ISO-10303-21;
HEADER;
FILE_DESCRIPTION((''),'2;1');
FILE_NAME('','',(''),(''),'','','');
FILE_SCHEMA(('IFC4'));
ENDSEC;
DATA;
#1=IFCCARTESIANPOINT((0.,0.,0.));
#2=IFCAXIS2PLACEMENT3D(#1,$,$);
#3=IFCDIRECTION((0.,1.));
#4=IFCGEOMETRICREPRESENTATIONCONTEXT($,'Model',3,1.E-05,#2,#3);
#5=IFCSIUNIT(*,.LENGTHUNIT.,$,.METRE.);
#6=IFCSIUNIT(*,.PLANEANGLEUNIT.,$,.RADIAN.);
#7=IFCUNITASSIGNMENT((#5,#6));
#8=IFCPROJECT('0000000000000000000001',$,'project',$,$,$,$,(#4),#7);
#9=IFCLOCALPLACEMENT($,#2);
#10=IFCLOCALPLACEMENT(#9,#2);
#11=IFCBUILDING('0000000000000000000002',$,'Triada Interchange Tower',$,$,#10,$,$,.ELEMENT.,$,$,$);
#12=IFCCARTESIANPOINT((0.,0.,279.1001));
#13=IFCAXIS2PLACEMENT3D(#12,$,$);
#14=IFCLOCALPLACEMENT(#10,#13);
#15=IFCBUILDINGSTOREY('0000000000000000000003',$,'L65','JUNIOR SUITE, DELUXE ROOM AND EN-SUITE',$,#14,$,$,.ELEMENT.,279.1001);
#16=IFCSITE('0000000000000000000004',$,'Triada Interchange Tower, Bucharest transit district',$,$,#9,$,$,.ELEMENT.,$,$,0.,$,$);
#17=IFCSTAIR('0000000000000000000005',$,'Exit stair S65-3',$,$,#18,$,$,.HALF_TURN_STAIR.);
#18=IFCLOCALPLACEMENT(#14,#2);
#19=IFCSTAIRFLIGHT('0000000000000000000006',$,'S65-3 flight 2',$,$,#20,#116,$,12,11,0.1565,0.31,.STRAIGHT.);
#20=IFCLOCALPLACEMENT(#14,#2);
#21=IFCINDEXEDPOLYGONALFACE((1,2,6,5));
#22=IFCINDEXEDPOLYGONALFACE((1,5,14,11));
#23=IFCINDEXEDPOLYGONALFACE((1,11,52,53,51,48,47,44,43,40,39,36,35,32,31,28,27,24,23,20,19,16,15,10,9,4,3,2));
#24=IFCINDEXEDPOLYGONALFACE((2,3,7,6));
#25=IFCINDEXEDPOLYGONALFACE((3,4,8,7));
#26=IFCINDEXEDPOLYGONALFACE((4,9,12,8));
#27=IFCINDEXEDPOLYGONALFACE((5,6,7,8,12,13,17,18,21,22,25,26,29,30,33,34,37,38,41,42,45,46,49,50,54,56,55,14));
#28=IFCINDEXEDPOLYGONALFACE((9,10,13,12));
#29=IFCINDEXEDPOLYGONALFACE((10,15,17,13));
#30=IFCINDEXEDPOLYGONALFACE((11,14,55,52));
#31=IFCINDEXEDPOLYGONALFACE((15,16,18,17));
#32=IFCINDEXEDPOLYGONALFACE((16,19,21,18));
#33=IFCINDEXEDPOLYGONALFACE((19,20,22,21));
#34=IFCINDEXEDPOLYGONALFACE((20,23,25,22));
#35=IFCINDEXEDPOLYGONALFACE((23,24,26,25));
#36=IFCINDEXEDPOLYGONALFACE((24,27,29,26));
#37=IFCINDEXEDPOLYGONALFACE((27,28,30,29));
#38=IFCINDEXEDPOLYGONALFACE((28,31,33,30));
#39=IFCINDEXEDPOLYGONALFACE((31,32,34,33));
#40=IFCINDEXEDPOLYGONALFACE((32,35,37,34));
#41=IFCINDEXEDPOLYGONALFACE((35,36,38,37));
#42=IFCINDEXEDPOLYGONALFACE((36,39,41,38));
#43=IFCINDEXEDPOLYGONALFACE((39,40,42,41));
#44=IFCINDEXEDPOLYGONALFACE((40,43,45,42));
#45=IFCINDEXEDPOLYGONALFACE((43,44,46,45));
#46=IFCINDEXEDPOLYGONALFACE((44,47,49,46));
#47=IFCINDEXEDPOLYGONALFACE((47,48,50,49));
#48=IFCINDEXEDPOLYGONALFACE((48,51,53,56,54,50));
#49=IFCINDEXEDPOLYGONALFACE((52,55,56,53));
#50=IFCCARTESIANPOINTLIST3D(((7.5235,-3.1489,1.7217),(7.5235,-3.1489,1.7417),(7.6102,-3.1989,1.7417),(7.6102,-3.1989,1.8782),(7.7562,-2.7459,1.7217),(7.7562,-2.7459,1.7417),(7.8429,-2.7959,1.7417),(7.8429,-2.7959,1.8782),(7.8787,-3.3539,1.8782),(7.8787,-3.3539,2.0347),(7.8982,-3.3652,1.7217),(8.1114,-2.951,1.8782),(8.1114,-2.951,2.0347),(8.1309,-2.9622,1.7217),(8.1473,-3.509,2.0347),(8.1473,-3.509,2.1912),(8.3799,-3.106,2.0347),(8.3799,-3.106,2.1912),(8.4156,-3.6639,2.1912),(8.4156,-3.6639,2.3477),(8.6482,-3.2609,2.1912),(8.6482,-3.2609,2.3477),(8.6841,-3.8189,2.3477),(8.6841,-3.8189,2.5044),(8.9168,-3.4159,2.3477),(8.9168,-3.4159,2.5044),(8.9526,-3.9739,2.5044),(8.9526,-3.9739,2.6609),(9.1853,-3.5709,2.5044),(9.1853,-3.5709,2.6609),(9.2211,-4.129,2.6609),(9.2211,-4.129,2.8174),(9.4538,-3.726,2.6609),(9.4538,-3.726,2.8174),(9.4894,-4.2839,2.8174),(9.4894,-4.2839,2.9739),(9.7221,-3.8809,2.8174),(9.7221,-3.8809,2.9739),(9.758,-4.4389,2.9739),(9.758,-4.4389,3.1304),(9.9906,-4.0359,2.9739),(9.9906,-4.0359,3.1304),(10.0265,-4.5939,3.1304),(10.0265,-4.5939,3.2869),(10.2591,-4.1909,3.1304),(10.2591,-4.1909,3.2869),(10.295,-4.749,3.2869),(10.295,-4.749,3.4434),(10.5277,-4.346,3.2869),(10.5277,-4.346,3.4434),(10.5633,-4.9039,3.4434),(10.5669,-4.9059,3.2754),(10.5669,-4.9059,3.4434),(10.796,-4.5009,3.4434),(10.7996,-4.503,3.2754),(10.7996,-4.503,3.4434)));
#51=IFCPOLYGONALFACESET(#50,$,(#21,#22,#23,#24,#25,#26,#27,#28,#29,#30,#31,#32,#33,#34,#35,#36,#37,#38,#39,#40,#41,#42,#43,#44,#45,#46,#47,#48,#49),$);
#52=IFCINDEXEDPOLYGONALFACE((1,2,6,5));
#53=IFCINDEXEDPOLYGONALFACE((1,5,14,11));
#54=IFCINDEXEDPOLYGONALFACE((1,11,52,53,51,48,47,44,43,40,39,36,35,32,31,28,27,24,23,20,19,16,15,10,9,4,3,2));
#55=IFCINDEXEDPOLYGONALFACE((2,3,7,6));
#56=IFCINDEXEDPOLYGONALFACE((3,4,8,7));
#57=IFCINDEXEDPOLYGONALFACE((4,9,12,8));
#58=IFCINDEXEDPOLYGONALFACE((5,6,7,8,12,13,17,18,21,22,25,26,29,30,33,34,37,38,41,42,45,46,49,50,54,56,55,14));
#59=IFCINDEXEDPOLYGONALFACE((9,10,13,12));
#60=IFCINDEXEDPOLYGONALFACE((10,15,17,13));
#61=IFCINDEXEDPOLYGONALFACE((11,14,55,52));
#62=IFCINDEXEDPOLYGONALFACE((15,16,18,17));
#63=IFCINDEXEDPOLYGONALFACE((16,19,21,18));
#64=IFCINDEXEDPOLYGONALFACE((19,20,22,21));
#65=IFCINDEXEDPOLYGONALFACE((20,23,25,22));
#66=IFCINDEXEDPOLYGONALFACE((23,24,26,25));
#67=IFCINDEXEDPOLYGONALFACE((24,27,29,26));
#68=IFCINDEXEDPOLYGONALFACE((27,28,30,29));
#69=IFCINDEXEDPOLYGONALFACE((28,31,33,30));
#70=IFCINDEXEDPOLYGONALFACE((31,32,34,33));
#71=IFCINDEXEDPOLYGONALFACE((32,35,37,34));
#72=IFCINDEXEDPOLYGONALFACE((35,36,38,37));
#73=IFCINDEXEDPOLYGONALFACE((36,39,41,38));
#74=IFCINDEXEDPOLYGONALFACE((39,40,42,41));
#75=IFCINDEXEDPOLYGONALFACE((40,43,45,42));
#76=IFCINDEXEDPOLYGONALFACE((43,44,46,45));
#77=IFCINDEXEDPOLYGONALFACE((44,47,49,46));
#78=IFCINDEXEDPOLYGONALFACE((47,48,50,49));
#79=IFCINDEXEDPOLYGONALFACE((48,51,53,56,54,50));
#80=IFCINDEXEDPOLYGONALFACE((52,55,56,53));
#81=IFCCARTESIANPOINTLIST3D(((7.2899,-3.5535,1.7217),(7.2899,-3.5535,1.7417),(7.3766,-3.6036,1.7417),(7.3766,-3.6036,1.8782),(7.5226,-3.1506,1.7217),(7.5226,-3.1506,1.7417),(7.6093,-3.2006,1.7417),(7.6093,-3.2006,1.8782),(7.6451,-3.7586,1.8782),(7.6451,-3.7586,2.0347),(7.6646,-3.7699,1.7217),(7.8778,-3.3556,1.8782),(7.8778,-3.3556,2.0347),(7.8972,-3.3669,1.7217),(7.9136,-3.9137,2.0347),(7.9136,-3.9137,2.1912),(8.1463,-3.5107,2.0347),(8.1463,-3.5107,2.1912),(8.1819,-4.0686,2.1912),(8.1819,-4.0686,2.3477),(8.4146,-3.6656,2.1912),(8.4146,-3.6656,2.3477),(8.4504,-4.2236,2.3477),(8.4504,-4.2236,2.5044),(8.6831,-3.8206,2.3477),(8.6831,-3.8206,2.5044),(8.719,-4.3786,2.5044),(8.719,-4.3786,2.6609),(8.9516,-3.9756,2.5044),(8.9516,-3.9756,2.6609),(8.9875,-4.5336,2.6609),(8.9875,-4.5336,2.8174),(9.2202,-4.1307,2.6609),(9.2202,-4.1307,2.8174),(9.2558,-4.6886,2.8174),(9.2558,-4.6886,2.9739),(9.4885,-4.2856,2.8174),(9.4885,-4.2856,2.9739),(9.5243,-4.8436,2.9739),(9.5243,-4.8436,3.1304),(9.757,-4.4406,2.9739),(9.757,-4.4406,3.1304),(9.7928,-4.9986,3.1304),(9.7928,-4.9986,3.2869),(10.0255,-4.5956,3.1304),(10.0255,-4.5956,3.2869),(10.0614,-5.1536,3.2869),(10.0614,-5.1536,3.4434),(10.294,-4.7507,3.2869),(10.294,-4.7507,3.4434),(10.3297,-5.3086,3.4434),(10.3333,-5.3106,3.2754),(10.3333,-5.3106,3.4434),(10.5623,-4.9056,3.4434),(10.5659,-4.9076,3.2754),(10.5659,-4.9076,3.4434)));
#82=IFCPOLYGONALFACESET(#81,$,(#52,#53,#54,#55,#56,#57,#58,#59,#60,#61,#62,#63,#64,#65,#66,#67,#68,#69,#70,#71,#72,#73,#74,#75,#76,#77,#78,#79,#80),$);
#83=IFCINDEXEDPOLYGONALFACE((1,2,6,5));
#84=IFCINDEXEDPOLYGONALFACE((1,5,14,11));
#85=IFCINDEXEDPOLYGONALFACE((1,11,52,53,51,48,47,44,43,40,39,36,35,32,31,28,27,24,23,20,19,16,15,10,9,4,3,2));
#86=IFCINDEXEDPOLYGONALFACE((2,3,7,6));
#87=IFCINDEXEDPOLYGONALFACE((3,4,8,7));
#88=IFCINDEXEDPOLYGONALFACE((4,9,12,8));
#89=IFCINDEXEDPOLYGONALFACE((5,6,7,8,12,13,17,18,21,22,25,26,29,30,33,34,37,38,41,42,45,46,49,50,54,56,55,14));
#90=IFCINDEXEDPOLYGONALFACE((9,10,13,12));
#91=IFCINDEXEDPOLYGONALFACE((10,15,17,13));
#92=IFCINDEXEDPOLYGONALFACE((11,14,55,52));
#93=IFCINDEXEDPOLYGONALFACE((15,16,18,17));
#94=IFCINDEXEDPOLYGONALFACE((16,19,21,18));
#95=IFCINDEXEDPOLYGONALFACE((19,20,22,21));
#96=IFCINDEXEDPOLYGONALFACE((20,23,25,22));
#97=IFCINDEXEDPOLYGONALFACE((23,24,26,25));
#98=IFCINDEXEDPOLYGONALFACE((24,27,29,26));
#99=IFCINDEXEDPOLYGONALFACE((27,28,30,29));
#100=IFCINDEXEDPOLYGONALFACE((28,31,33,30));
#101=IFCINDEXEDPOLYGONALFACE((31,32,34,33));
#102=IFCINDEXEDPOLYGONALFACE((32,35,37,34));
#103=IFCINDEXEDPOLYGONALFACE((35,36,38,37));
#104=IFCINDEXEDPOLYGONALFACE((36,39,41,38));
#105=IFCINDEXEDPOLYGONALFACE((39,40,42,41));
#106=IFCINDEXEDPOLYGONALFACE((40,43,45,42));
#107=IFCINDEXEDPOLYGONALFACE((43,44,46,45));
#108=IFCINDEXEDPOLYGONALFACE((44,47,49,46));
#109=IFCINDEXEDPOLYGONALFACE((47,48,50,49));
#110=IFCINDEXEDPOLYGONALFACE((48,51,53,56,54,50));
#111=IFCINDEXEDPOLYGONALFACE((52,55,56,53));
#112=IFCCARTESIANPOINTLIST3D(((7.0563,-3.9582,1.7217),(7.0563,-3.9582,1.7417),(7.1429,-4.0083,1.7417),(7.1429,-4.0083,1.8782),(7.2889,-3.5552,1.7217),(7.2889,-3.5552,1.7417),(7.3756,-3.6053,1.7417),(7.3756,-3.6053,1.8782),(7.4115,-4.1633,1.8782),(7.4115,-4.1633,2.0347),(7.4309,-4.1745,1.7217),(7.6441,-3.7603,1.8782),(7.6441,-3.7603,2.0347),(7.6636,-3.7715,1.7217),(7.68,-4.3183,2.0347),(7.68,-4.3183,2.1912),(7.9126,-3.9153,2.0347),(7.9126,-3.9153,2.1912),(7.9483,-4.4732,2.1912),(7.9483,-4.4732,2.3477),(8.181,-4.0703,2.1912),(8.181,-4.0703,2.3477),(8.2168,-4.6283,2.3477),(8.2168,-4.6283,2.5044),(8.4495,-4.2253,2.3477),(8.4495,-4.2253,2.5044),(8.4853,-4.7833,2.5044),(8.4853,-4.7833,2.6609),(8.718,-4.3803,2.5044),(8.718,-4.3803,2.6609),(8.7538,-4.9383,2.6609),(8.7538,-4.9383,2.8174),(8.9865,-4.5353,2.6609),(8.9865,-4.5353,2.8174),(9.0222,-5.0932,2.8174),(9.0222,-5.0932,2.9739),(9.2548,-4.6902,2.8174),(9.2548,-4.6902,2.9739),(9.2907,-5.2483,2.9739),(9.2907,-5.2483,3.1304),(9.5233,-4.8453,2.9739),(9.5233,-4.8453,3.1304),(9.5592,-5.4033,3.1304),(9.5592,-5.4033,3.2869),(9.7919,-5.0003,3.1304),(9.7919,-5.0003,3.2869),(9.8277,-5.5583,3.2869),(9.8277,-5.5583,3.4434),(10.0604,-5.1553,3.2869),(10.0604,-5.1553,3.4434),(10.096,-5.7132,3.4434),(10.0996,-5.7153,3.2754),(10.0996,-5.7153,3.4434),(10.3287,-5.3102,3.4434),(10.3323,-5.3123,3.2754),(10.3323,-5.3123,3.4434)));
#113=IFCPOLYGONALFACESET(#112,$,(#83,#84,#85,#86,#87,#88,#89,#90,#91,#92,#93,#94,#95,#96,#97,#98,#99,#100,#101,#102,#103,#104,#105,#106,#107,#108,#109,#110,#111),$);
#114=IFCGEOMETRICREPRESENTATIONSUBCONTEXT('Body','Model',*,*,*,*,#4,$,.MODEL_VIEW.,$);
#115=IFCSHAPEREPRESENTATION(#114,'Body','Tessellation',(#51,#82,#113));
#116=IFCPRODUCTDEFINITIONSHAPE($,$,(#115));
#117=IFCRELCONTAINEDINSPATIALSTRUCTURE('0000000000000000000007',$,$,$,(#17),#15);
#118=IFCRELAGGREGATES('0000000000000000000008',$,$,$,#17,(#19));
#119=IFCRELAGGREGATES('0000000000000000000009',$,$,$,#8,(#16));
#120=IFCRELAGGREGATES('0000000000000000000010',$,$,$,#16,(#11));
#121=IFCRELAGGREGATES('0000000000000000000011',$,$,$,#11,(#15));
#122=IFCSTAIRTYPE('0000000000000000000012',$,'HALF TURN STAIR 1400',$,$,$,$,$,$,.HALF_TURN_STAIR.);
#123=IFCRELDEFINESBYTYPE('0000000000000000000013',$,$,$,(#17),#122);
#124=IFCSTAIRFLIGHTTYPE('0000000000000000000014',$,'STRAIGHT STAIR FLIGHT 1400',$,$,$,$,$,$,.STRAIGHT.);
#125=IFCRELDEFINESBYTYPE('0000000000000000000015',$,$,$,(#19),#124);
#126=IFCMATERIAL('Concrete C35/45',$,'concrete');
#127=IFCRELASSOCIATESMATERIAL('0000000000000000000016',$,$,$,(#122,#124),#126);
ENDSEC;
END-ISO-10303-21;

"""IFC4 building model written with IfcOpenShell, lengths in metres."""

from ifc_helpers import new_model, si_unit, direction, frame, origin, place, context, subcontext, project, spatial, polyline, outline, extrude, material, type_object, element, aggregate, save


model = new_model("IFC4")

# Units and contexts
model_context = context("Model", 3, precision=1e-05, world=origin(), true_north=direction((0.0, 1.0)))
body_context = subcontext(model_context, "Body", "Model", "MODEL_VIEW")
ifc_project = project(units=[si_unit("LENGTHUNIT", "METRE"), si_unit("PLANEANGLEUNIT", "RADIAN")], contexts=[model_context])

# Site, building, storey
site_placement = place(None, origin())
site = spatial("IfcSite", under=ifc_project, at=site_placement, Name="Triada Interchange Tower, Bucharest transit district", CompositionType="ELEMENT", RefElevation=0.0)
building_placement = place(site_placement, origin())
building = spatial("IfcBuilding", under=site, at=building_placement, Name="Triada Interchange Tower", CompositionType="ELEMENT")
storey_placement = place(building_placement, frame((0.0, 0.0, 279.1001)))
storey = spatial("IfcBuildingStorey", under=building, at=storey_placement, Name="L65", Description="JUNIOR SUITE, DELUXE ROOM AND EN-SUITE", CompositionType="ELEMENT", Elevation=279.1001)

# Stair, stair flight
ifc_material_1 = material(Name="Concrete C35/45", Category="concrete")
stair_type = type_object("IfcStairType", Name="HALF TURN STAIR 1400", PredefinedType="HALF_TURN_STAIR", material=ifc_material_1)
stair_placement = place(storey_placement, origin())
stair = element("IfcStair", 1, at=stair_placement, inside=storey, type_object=stair_type, Name="Exit stair S65-3", PredefinedType="HALF_TURN_STAIR")
stair_flight_type = type_object("IfcStairFlightType", Name="STRAIGHT STAIR FLIGHT 1400", PredefinedType="STRAIGHT", material=ifc_material_1)
stair_flight_1_placement = place(storey_placement, frame((7.4929, -3.4021, 1.7217), z_axis=(0.0, 0.0, 1.0), x_axis=(0.866025, -0.5, 0.0)))
stair_flight_1 = element("IfcStairFlight", 2, at=stair_flight_1_placement, type_object=stair_flight_type, Name="S65-3 flight 2", NumberOfRisers=12, NumberOfTreads=11, PredefinedType="STRAIGHT", RiserHeight=0.1565, TreadLength=0.31, context=body_context, shape_type="SweptSolid", body=[
    extrude(outline(polyline([(-0.1001, 0.0), (-0.1001, 0.02), (0.0, 0.02), (0.0, 0.1565), (0.3101, 0.1565), (0.3101, 0.313), (0.6201, 0.313), (0.6201, 0.4695), (0.9299, 0.4695), (0.9299, 0.626), (1.24, 0.626), (1.24, 0.7827), (1.55, 0.7827), (1.55, 0.9392), (1.8601, 0.9392), (1.8601, 1.0957), (2.1699, 1.0957), (2.1699, 1.2522), (2.48, 1.2522), (2.48, 1.4087), (2.79, 1.4087), (2.79, 1.5652), (3.1001, 1.5652), (3.1001, 1.7217), (3.4099, 1.7217), (3.4141, 1.7217), (3.4141, 1.8782), (3.4141, 1.5537), (0.3325, 0.0), (-0.1001, 0.0)])), frame((0.0, 0.7, 0.0), z_axis=(0.0, -1.0, 0.0), x_axis=(1.0, 0.0, 0.0)), (0.0, 0.0, 1.0), 0.4653),
    extrude(outline(polyline([(-0.1001, 0.0), (-0.1001, 0.02), (0.0, 0.02), (0.0, 0.1565), (0.3101, 0.1565), (0.3101, 0.313), (0.6201, 0.313), (0.6201, 0.4695), (0.9299, 0.4695), (0.9299, 0.626), (1.24, 0.626), (1.24, 0.7827), (1.55, 0.7827), (1.55, 0.9392), (1.8601, 0.9392), (1.8601, 1.0957), (2.1699, 1.0957), (2.1699, 1.2522), (2.48, 1.2522), (2.48, 1.4087), (2.79, 1.4087), (2.79, 1.5652), (3.1001, 1.5652), (3.1001, 1.7217), (3.4099, 1.7217), (3.4141, 1.7217), (3.4141, 1.8782), (3.4141, 1.5537), (0.3325, 0.0), (-0.1001, 0.0)])), frame((0.0, 0.2327, 0.0), z_axis=(0.0, -1.0, 0.0), x_axis=(1.0, 0.0, 0.0)), (0.0, 0.0, 1.0), 0.4653),
    extrude(outline(polyline([(-0.1001, 0.0), (-0.1001, 0.02), (0.0, 0.02), (0.0, 0.1565), (0.3101, 0.1565), (0.3101, 0.313), (0.6201, 0.313), (0.6201, 0.4695), (0.9299, 0.4695), (0.9299, 0.626), (1.24, 0.626), (1.24, 0.7827), (1.55, 0.7827), (1.55, 0.9392), (1.8601, 0.9392), (1.8601, 1.0957), (2.1699, 1.0957), (2.1699, 1.2522), (2.48, 1.2522), (2.48, 1.4087), (2.79, 1.4087), (2.79, 1.5652), (3.1001, 1.5652), (3.1001, 1.7217), (3.4099, 1.7217), (3.4141, 1.7217), (3.4141, 1.8782), (3.4141, 1.5537), (0.3325, 0.0), (-0.1001, 0.0)])), frame((0.0, -0.2346, 0.0), z_axis=(0.0, -1.0, 0.0), x_axis=(1.0, 0.0, 0.0)), (0.0, 0.0, 1.0), 0.4653),
])
aggregate(stair, [stair_flight_1])

save(model, "model.ifc")
